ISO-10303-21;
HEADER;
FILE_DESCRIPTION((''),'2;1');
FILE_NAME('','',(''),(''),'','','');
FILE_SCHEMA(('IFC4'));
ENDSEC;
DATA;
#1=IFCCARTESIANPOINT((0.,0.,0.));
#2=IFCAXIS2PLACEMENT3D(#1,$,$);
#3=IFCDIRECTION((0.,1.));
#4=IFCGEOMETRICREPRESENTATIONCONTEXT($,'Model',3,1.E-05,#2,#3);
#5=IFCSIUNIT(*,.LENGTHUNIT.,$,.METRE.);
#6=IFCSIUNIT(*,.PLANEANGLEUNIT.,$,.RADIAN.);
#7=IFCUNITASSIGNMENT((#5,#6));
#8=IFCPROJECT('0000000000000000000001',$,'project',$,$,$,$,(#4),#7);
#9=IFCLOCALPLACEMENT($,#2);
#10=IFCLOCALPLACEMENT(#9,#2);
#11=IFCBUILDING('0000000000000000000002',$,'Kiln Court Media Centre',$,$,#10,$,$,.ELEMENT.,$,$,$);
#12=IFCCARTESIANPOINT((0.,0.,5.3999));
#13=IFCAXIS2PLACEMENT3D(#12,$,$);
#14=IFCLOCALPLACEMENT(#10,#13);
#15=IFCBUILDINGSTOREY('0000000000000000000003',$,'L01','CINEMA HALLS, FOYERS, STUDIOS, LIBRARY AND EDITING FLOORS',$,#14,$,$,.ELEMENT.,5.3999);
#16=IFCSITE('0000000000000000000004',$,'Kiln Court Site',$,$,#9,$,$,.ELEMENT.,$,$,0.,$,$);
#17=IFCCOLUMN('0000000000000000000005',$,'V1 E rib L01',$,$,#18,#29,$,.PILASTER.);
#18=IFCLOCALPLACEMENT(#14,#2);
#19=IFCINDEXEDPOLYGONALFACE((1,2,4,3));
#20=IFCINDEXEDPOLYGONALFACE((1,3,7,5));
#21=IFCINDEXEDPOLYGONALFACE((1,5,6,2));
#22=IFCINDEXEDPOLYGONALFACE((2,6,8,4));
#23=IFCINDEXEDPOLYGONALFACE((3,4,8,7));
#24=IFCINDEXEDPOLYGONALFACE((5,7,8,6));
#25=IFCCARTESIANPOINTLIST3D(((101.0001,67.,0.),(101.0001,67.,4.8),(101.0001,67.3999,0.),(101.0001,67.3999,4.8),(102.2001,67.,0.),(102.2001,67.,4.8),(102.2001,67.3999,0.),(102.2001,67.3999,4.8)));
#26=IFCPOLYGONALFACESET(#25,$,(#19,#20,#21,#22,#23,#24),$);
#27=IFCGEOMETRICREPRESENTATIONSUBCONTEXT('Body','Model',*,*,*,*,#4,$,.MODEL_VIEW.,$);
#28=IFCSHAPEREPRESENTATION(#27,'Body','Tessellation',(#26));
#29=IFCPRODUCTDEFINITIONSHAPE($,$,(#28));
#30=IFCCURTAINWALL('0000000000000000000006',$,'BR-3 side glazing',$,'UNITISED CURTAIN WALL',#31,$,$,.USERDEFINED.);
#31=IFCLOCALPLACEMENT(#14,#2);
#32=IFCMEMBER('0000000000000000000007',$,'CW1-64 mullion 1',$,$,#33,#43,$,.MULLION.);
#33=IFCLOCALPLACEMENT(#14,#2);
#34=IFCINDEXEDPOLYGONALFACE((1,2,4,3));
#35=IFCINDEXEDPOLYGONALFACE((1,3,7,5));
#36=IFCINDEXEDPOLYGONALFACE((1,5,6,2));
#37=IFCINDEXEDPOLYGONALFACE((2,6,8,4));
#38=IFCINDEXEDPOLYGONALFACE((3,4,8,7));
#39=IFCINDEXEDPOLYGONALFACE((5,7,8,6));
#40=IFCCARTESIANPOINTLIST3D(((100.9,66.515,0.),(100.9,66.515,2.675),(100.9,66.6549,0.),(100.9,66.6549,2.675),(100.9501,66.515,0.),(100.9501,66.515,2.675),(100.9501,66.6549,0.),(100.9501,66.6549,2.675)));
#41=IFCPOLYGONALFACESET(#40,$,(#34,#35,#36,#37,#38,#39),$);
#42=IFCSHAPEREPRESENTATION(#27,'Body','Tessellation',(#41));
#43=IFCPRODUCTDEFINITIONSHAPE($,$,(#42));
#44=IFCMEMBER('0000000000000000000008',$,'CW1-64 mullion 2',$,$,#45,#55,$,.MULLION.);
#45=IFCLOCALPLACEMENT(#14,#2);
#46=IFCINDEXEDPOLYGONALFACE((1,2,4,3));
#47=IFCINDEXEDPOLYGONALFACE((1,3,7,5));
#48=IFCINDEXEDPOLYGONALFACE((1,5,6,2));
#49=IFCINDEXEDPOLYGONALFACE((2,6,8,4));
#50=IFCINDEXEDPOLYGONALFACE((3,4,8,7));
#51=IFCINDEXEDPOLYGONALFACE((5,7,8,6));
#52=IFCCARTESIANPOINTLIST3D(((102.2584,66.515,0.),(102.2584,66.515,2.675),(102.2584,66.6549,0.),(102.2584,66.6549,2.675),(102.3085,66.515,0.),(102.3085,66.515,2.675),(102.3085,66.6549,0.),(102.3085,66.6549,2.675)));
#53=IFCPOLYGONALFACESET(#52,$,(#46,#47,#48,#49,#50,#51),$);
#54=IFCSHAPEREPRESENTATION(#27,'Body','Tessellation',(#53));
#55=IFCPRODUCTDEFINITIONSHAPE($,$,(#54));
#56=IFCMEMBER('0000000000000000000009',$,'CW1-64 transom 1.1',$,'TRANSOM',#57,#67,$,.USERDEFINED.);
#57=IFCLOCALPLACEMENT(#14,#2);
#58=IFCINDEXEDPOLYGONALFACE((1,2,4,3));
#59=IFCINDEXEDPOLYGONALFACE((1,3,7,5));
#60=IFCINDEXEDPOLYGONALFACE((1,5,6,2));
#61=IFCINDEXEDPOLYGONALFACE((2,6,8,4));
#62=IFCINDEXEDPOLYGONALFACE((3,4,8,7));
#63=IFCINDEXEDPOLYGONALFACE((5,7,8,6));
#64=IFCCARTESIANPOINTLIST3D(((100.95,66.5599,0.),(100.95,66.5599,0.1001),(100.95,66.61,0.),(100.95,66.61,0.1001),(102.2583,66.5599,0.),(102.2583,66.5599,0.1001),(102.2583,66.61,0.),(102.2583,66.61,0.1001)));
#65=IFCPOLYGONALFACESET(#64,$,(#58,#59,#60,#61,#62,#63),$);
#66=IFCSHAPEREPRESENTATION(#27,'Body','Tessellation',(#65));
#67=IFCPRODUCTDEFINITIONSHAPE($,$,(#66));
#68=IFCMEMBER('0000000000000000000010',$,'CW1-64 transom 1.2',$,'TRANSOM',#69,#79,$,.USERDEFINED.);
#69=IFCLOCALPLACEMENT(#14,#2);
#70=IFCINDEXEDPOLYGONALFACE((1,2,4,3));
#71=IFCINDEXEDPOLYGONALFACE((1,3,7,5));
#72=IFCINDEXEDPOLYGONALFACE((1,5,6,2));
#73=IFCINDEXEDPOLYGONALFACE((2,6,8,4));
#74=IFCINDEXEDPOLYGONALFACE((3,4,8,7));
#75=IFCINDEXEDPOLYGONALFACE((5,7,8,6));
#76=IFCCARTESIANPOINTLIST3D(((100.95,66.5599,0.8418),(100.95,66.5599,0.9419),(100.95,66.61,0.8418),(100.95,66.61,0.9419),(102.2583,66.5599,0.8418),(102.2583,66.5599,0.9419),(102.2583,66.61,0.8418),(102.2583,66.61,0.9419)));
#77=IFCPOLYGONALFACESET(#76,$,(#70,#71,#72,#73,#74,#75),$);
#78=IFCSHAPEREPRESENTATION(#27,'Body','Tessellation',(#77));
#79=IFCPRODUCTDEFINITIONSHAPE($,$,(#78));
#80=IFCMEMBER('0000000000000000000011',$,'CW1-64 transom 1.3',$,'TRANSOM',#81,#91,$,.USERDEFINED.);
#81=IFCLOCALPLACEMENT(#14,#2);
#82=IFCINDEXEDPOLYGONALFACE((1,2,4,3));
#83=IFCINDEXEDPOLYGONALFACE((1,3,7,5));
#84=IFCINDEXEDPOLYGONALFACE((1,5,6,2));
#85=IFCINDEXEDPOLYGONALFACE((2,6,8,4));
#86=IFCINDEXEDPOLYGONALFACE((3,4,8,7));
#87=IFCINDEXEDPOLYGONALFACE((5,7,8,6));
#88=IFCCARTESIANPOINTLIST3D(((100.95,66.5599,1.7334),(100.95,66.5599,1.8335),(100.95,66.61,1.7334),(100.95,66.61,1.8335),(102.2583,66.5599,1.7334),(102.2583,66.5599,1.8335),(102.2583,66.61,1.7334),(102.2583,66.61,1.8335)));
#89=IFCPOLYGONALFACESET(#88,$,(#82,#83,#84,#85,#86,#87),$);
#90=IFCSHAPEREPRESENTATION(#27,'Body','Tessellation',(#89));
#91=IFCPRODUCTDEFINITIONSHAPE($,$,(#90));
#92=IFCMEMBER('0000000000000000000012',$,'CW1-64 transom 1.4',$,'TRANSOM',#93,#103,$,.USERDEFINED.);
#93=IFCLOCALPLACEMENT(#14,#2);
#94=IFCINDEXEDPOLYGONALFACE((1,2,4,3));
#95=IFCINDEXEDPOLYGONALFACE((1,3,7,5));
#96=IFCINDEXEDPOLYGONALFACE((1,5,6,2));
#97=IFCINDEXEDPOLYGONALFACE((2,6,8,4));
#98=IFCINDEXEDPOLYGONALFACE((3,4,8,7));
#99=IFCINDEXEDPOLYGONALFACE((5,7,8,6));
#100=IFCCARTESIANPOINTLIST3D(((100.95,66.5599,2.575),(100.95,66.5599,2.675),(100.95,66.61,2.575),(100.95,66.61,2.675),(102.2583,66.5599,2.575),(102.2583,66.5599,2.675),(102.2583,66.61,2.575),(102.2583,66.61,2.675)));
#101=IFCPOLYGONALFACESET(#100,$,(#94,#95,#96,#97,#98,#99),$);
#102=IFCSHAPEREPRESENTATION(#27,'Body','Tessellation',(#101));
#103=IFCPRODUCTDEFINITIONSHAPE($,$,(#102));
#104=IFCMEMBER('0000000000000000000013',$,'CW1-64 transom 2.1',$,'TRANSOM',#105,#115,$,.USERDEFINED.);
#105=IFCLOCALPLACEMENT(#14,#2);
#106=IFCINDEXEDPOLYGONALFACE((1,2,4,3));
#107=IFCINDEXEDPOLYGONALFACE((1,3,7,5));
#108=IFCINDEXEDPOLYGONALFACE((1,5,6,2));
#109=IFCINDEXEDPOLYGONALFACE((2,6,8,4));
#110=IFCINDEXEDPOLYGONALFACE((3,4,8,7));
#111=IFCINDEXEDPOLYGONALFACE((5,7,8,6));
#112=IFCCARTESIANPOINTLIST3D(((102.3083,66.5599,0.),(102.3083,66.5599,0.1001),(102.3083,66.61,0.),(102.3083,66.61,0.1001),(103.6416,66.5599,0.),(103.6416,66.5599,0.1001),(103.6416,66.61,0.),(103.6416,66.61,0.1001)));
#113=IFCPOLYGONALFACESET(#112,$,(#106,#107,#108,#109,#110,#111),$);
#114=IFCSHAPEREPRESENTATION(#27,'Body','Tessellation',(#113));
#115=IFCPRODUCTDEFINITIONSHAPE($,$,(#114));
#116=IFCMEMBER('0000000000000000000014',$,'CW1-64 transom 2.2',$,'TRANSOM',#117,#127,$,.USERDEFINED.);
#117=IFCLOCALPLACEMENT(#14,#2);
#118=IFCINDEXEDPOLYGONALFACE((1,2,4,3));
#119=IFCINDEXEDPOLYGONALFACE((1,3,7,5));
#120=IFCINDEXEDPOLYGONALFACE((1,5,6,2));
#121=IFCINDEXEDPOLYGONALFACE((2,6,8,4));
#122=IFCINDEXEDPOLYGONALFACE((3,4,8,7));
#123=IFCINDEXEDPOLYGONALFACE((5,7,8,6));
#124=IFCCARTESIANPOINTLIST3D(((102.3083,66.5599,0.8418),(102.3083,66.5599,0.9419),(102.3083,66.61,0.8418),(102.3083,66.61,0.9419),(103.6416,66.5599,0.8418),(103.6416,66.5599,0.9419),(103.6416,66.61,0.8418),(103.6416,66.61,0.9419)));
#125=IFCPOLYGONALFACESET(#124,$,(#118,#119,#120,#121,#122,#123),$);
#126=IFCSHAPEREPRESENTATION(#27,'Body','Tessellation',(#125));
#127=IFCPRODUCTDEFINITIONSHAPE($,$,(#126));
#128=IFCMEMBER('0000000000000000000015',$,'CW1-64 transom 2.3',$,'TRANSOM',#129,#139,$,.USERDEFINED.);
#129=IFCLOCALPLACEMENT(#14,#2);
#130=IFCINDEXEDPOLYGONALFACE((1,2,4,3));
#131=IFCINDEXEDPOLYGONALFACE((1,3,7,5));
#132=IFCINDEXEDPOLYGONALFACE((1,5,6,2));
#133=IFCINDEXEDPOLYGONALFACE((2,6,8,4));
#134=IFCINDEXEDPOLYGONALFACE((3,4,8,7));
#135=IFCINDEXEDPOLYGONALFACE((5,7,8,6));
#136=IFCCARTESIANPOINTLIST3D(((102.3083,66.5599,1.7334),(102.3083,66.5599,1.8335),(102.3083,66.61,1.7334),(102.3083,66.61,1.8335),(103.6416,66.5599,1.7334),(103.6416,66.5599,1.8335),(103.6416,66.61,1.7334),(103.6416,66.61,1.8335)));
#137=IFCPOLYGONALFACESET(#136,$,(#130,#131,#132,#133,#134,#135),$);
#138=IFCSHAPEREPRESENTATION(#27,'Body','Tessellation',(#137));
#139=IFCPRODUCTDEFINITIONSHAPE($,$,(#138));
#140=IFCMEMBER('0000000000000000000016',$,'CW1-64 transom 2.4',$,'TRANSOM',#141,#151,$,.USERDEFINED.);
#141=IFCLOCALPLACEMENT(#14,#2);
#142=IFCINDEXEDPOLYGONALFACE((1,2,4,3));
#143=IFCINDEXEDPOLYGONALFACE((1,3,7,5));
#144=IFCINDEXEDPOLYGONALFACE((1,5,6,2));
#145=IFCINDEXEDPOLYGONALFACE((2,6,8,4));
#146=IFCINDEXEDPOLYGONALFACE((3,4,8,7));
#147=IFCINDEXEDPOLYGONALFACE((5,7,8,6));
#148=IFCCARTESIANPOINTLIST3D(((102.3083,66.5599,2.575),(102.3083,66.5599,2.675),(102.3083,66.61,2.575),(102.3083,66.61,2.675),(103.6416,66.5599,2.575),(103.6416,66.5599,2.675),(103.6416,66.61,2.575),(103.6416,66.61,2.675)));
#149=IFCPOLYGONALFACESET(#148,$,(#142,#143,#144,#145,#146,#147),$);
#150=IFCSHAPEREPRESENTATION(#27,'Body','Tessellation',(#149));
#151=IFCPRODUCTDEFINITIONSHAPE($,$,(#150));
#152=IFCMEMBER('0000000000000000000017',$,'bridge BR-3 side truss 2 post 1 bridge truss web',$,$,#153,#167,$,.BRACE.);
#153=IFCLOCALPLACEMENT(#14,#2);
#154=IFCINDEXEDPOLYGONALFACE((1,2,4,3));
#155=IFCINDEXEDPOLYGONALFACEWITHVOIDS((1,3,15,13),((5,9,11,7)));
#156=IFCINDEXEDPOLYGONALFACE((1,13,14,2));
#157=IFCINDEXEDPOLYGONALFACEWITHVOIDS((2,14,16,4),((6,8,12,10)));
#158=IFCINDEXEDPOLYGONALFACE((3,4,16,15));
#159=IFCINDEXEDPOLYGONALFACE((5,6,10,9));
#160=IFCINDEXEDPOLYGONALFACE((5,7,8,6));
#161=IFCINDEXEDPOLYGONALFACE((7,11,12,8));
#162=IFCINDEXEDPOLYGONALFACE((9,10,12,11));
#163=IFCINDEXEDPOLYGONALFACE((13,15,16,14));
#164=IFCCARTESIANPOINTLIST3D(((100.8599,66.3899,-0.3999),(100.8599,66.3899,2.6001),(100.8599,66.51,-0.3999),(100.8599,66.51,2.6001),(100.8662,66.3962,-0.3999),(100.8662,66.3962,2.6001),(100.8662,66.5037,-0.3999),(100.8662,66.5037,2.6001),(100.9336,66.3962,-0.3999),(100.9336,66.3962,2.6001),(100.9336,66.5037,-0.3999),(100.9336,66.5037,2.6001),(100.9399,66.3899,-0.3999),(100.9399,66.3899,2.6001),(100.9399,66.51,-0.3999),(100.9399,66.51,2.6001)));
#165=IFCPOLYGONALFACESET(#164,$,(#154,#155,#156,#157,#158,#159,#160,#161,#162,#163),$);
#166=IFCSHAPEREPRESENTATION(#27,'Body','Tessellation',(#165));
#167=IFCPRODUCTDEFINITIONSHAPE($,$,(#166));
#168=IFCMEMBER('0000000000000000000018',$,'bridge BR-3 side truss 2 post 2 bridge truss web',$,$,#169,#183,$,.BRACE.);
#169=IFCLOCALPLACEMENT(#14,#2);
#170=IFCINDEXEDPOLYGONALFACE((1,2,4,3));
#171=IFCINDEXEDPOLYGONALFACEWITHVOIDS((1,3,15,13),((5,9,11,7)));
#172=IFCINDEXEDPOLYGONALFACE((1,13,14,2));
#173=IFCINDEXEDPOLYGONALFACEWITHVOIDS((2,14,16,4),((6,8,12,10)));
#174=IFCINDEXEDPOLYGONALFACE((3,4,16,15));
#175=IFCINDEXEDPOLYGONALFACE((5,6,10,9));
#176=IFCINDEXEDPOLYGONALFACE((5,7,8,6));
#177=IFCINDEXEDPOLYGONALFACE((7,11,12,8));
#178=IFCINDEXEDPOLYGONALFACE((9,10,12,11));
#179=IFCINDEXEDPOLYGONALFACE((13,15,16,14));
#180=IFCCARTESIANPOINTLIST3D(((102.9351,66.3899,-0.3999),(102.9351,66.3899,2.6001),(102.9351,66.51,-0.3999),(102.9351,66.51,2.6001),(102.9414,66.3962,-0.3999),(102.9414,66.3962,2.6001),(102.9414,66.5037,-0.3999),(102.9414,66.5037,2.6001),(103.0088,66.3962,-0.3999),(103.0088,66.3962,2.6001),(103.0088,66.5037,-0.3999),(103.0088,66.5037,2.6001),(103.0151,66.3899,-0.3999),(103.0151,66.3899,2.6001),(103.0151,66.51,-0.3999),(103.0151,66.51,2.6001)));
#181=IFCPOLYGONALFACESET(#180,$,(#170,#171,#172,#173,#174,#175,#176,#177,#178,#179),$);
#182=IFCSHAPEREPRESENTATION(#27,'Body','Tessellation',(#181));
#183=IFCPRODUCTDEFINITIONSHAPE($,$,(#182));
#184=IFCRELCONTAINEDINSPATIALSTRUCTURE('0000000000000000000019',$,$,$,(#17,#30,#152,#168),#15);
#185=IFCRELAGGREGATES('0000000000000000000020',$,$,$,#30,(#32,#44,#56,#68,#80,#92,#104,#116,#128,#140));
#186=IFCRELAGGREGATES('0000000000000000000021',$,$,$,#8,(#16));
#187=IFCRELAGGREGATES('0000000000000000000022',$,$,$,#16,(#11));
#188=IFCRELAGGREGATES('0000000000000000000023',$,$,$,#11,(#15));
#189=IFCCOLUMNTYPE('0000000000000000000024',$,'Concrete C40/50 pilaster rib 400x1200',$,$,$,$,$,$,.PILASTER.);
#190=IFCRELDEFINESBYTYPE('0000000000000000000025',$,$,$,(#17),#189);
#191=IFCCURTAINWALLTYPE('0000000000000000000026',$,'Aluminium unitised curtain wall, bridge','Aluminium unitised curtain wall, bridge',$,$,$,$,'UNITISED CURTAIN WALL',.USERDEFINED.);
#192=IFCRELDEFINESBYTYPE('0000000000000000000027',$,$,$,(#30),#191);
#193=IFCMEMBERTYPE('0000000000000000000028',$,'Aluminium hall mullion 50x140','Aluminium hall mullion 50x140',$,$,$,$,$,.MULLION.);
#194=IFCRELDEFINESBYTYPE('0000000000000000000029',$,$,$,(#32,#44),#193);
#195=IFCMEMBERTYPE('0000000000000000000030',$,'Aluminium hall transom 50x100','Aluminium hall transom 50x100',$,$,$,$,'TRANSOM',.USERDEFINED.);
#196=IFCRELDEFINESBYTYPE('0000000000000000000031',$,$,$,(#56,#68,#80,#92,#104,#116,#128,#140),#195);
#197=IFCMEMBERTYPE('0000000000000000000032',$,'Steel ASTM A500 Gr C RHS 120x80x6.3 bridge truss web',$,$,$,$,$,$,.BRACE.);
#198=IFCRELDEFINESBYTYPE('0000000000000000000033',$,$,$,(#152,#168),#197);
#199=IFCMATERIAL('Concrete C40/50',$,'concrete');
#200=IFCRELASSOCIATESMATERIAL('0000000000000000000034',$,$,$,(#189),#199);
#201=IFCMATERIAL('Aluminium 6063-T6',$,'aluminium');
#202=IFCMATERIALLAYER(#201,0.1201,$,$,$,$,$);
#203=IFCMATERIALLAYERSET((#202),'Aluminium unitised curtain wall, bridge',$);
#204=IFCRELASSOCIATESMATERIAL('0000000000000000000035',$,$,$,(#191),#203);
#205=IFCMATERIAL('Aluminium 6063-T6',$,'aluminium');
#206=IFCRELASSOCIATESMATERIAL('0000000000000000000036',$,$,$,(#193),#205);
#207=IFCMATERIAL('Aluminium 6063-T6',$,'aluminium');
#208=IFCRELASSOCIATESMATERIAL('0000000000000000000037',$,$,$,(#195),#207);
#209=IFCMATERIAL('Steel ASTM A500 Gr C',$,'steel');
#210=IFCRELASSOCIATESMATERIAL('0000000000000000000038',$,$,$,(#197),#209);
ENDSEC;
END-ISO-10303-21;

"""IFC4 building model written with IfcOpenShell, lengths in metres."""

from ifc_helpers import new_model, si_unit, direction, frame, origin, origin_2d, place, context, subcontext, project, spatial, rectangle, hollow_rectangle, extrude, material, layer, layer_set, material_profile, profile_set, type_object, element, aggregate, save


model = new_model("IFC4")

# Units and contexts
model_context = context("Model", 3, precision=1e-05, world=origin(), true_north=direction((0.0, 1.0)))
body_context = subcontext(model_context, "Body", "Model", "MODEL_VIEW")
ifc_project = project(units=[si_unit("LENGTHUNIT", "METRE"), si_unit("PLANEANGLEUNIT", "RADIAN")], contexts=[model_context])

# Site, building, storey
site_placement = place(None, origin())
site = spatial("IfcSite", under=ifc_project, at=site_placement, Name="Kiln Court Site", CompositionType="ELEMENT", RefElevation=0.0)
building_placement = place(site_placement, origin())
building = spatial("IfcBuilding", under=site, at=building_placement, Name="Kiln Court Media Centre", CompositionType="ELEMENT")
storey_placement = place(building_placement, frame((0.0, 0.0, 5.3999)))
storey = spatial("IfcBuildingStorey", under=building, at=storey_placement, Name="L01", Description="CINEMA HALLS, FOYERS, STUDIOS, LIBRARY AND EDITING FLOORS", CompositionType="ELEMENT", Elevation=5.3999)

# Column
ifc_material_1 = material(Name="Concrete C40/50", Category="concrete")
ifc_material_profile_1 = material_profile(ifc_material_1, rectangle(XDim=0.3999, YDim=1.2, at=origin_2d()), Name="RC 400x1200")
ifc_profile_set_1 = profile_set([ifc_material_profile_1], Name="Concrete C40/50")
column_type = type_object("IfcColumnType", Name="Concrete C40/50 pilaster rib 400x1200", PredefinedType="PILASTER", material=ifc_profile_set_1)
column_placement = place(storey_placement, frame((101.6001, 67.2, 0.0), z_axis=(0.0, 0.0, 1.0), x_axis=(0.0, 1.0, 0.0)))
element("IfcColumn", 1, at=column_placement, inside=storey, type_object=column_type, Name="V1 E rib L01", PredefinedType="PILASTER", context=body_context, shape_type="SweptSolid", body=[
    extrude(rectangle(XDim=0.3999, YDim=1.2, at=origin_2d()), origin(), (0.0, 0.0, 1.0), 4.8),
])

# Curtain wall, members
ifc_material_2 = material(Name="Aluminium 6063-T6", Category="aluminium")
ifc_layer_1 = layer(ifc_material_2, 0.1201)
ifc_layer_set_1 = layer_set([ifc_layer_1], Name="Aluminium unitised curtain wall, bridge")
curtain_wall_type = type_object("IfcCurtainWallType", Name="Aluminium unitised curtain wall, bridge", Description="Aluminium unitised curtain wall, bridge", ElementType="UNITISED CURTAIN WALL", PredefinedType="USERDEFINED", material=ifc_layer_set_1)
curtain_wall_placement = place(storey_placement, origin())
curtain_wall = element("IfcCurtainWall", 2, at=curtain_wall_placement, inside=storey, type_object=curtain_wall_type, Name="BR-3 side glazing", ObjectType="UNITISED CURTAIN WALL", PredefinedType="USERDEFINED")
ifc_material_3 = material(Name="Aluminium 6063-T6", Category="aluminium")
ifc_material_profile_2 = material_profile(ifc_material_3, rectangle(XDim=0.05, YDim=0.1399, at=origin_2d()), Name="Aluminium hall mullion 50x140")
ifc_profile_set_2 = profile_set([ifc_material_profile_2], Name="Aluminium 6063-T6")
member_type_1 = type_object("IfcMemberType", Name="Aluminium hall mullion 50x140", Description="Aluminium hall mullion 50x140", PredefinedType="MULLION", material=ifc_profile_set_2)
member_1_placement = place(storey_placement, frame((100.925, 66.585, 0.0), z_axis=(0.0, 0.0, 1.0), x_axis=(1.0, 0.0, 0.0)))
member_1 = element("IfcMember", 3, at=member_1_placement, type_object=member_type_1, Name="CW1-64 mullion 1", PredefinedType="MULLION", context=body_context, shape_type="SweptSolid", body=[
    extrude(rectangle(XDim=0.05, YDim=0.1399, at=origin_2d()), origin(), (0.0, 0.0, 1.0), 2.675),
])
member_2_placement = place(storey_placement, frame((102.2834, 66.585, 0.0), z_axis=(0.0, 0.0, 1.0), x_axis=(1.0, 0.0, 0.0)))
member_2 = element("IfcMember", 4, at=member_2_placement, type_object=member_type_1, Name="CW1-64 mullion 2", PredefinedType="MULLION", context=body_context, shape_type="SweptSolid", body=[
    extrude(rectangle(XDim=0.05, YDim=0.1399, at=origin_2d()), origin(), (0.0, 0.0, 1.0), 2.675),
])
ifc_material_4 = material(Name="Aluminium 6063-T6", Category="aluminium")
ifc_material_profile_3 = material_profile(ifc_material_4, rectangle(XDim=0.05, YDim=0.1001, at=origin_2d()), Name="Aluminium hall transom 50x100")
ifc_profile_set_3 = profile_set([ifc_material_profile_3], Name="Aluminium 6063-T6")
member_type_2 = type_object("IfcMemberType", Name="Aluminium hall transom 50x100", Description="Aluminium hall transom 50x100", ElementType="TRANSOM", PredefinedType="USERDEFINED", material=ifc_profile_set_3)
member_3_placement = place(storey_placement, frame((100.95, 66.585, 0.05), z_axis=(1.0, 0.0, 0.0), x_axis=(0.0, 1.0, 0.0)))
member_3 = element("IfcMember", 5, at=member_3_placement, type_object=member_type_2, Name="CW1-64 transom 1.1", ObjectType="TRANSOM", PredefinedType="USERDEFINED", context=body_context, shape_type="SweptSolid", body=[
    extrude(rectangle(XDim=0.05, YDim=0.1001, at=origin_2d()), origin(), (0.0, 0.0, 1.0), 1.3083),
])
member_4_placement = place(storey_placement, frame((100.95, 66.585, 0.8918), z_axis=(1.0, 0.0, 0.0), x_axis=(0.0, 1.0, 0.0)))
member_4 = element("IfcMember", 6, at=member_4_placement, type_object=member_type_2, Name="CW1-64 transom 1.2", ObjectType="TRANSOM", PredefinedType="USERDEFINED", context=body_context, shape_type="SweptSolid", body=[
    extrude(rectangle(XDim=0.05, YDim=0.1001, at=origin_2d()), origin(), (0.0, 0.0, 1.0), 1.3083),
])
member_5_placement = place(storey_placement, frame((100.95, 66.585, 1.7834), z_axis=(1.0, 0.0, 0.0), x_axis=(0.0, 1.0, 0.0)))
member_5 = element("IfcMember", 7, at=member_5_placement, type_object=member_type_2, Name="CW1-64 transom 1.3", ObjectType="TRANSOM", PredefinedType="USERDEFINED", context=body_context, shape_type="SweptSolid", body=[
    extrude(rectangle(XDim=0.05, YDim=0.1001, at=origin_2d()), origin(), (0.0, 0.0, 1.0), 1.3083),
])
member_6_placement = place(storey_placement, frame((100.95, 66.585, 2.625), z_axis=(1.0, 0.0, 0.0), x_axis=(0.0, 1.0, 0.0)))
member_6 = element("IfcMember", 8, at=member_6_placement, type_object=member_type_2, Name="CW1-64 transom 1.4", ObjectType="TRANSOM", PredefinedType="USERDEFINED", context=body_context, shape_type="SweptSolid", body=[
    extrude(rectangle(XDim=0.05, YDim=0.1001, at=origin_2d()), origin(), (0.0, 0.0, 1.0), 1.3083),
])
member_7_placement = place(storey_placement, frame((102.3083, 66.585, 0.05), z_axis=(1.0, 0.0, 0.0), x_axis=(0.0, 1.0, 0.0)))
member_7 = element("IfcMember", 9, at=member_7_placement, type_object=member_type_2, Name="CW1-64 transom 2.1", ObjectType="TRANSOM", PredefinedType="USERDEFINED", context=body_context, shape_type="SweptSolid", body=[
    extrude(rectangle(XDim=0.05, YDim=0.1001, at=origin_2d()), origin(), (0.0, 0.0, 1.0), 1.3333),
])
member_8_placement = place(storey_placement, frame((102.3083, 66.585, 0.8918), z_axis=(1.0, 0.0, 0.0), x_axis=(0.0, 1.0, 0.0)))
member_8 = element("IfcMember", 10, at=member_8_placement, type_object=member_type_2, Name="CW1-64 transom 2.2", ObjectType="TRANSOM", PredefinedType="USERDEFINED", context=body_context, shape_type="SweptSolid", body=[
    extrude(rectangle(XDim=0.05, YDim=0.1001, at=origin_2d()), origin(), (0.0, 0.0, 1.0), 1.3333),
])
member_9_placement = place(storey_placement, frame((102.3083, 66.585, 1.7834), z_axis=(1.0, 0.0, 0.0), x_axis=(0.0, 1.0, 0.0)))
member_9 = element("IfcMember", 11, at=member_9_placement, type_object=member_type_2, Name="CW1-64 transom 2.3", ObjectType="TRANSOM", PredefinedType="USERDEFINED", context=body_context, shape_type="SweptSolid", body=[
    extrude(rectangle(XDim=0.05, YDim=0.1001, at=origin_2d()), origin(), (0.0, 0.0, 1.0), 1.3333),
])
member_10_placement = place(storey_placement, frame((102.3083, 66.585, 2.625), z_axis=(1.0, 0.0, 0.0), x_axis=(0.0, 1.0, 0.0)))
member_10 = element("IfcMember", 12, at=member_10_placement, type_object=member_type_2, Name="CW1-64 transom 2.4", ObjectType="TRANSOM", PredefinedType="USERDEFINED", context=body_context, shape_type="SweptSolid", body=[
    extrude(rectangle(XDim=0.05, YDim=0.1001, at=origin_2d()), origin(), (0.0, 0.0, 1.0), 1.3333),
])

# Members
ifc_material_5 = material(Name="Steel ASTM A500 Gr C", Category="steel")
ifc_material_profile_4 = material_profile(ifc_material_5, hollow_rectangle(XDim=0.0801, YDim=0.1201, WallThickness=0.0063, at=origin_2d()), Name="RHS 120x80x6.3")
ifc_profile_set_4 = profile_set([ifc_material_profile_4], Name="Steel ASTM A500 Gr C")
member_type_3 = type_object("IfcMemberType", Name="Steel ASTM A500 Gr C RHS 120x80x6.3 bridge truss web", PredefinedType="BRACE", material=ifc_profile_set_4)
for number, where, z_axis, x_axis, name in (
    (13, (100.8999, 66.45, -0.3999), (0.0, 0.0, 1.0), (1.0, 0.0, 0.0), "bridge BR-3 side truss 2 post 1 bridge truss web"),
    (14, (102.9751, 66.45, -0.3999), (0.0, 0.0, 1.0), (1.0, 0.0, 0.0), "bridge BR-3 side truss 2 post 2 bridge truss web"),
):
    element("IfcMember", number, at=place(storey_placement, frame(where, z_axis=z_axis, x_axis=x_axis)), inside=storey, type_object=member_type_3, Name=name, PredefinedType="BRACE", context=body_context, shape_type="SweptSolid", body=[
        extrude(hollow_rectangle(XDim=0.0801, YDim=0.1201, WallThickness=0.0063, at=origin_2d()), origin(), (0.0, 0.0, 1.0), 3.0),
    ])

aggregate(curtain_wall, [member_1, member_2, member_3, member_4, member_5, member_6, member_7, member_8, member_9, member_10])

save(model, "model.ifc")
